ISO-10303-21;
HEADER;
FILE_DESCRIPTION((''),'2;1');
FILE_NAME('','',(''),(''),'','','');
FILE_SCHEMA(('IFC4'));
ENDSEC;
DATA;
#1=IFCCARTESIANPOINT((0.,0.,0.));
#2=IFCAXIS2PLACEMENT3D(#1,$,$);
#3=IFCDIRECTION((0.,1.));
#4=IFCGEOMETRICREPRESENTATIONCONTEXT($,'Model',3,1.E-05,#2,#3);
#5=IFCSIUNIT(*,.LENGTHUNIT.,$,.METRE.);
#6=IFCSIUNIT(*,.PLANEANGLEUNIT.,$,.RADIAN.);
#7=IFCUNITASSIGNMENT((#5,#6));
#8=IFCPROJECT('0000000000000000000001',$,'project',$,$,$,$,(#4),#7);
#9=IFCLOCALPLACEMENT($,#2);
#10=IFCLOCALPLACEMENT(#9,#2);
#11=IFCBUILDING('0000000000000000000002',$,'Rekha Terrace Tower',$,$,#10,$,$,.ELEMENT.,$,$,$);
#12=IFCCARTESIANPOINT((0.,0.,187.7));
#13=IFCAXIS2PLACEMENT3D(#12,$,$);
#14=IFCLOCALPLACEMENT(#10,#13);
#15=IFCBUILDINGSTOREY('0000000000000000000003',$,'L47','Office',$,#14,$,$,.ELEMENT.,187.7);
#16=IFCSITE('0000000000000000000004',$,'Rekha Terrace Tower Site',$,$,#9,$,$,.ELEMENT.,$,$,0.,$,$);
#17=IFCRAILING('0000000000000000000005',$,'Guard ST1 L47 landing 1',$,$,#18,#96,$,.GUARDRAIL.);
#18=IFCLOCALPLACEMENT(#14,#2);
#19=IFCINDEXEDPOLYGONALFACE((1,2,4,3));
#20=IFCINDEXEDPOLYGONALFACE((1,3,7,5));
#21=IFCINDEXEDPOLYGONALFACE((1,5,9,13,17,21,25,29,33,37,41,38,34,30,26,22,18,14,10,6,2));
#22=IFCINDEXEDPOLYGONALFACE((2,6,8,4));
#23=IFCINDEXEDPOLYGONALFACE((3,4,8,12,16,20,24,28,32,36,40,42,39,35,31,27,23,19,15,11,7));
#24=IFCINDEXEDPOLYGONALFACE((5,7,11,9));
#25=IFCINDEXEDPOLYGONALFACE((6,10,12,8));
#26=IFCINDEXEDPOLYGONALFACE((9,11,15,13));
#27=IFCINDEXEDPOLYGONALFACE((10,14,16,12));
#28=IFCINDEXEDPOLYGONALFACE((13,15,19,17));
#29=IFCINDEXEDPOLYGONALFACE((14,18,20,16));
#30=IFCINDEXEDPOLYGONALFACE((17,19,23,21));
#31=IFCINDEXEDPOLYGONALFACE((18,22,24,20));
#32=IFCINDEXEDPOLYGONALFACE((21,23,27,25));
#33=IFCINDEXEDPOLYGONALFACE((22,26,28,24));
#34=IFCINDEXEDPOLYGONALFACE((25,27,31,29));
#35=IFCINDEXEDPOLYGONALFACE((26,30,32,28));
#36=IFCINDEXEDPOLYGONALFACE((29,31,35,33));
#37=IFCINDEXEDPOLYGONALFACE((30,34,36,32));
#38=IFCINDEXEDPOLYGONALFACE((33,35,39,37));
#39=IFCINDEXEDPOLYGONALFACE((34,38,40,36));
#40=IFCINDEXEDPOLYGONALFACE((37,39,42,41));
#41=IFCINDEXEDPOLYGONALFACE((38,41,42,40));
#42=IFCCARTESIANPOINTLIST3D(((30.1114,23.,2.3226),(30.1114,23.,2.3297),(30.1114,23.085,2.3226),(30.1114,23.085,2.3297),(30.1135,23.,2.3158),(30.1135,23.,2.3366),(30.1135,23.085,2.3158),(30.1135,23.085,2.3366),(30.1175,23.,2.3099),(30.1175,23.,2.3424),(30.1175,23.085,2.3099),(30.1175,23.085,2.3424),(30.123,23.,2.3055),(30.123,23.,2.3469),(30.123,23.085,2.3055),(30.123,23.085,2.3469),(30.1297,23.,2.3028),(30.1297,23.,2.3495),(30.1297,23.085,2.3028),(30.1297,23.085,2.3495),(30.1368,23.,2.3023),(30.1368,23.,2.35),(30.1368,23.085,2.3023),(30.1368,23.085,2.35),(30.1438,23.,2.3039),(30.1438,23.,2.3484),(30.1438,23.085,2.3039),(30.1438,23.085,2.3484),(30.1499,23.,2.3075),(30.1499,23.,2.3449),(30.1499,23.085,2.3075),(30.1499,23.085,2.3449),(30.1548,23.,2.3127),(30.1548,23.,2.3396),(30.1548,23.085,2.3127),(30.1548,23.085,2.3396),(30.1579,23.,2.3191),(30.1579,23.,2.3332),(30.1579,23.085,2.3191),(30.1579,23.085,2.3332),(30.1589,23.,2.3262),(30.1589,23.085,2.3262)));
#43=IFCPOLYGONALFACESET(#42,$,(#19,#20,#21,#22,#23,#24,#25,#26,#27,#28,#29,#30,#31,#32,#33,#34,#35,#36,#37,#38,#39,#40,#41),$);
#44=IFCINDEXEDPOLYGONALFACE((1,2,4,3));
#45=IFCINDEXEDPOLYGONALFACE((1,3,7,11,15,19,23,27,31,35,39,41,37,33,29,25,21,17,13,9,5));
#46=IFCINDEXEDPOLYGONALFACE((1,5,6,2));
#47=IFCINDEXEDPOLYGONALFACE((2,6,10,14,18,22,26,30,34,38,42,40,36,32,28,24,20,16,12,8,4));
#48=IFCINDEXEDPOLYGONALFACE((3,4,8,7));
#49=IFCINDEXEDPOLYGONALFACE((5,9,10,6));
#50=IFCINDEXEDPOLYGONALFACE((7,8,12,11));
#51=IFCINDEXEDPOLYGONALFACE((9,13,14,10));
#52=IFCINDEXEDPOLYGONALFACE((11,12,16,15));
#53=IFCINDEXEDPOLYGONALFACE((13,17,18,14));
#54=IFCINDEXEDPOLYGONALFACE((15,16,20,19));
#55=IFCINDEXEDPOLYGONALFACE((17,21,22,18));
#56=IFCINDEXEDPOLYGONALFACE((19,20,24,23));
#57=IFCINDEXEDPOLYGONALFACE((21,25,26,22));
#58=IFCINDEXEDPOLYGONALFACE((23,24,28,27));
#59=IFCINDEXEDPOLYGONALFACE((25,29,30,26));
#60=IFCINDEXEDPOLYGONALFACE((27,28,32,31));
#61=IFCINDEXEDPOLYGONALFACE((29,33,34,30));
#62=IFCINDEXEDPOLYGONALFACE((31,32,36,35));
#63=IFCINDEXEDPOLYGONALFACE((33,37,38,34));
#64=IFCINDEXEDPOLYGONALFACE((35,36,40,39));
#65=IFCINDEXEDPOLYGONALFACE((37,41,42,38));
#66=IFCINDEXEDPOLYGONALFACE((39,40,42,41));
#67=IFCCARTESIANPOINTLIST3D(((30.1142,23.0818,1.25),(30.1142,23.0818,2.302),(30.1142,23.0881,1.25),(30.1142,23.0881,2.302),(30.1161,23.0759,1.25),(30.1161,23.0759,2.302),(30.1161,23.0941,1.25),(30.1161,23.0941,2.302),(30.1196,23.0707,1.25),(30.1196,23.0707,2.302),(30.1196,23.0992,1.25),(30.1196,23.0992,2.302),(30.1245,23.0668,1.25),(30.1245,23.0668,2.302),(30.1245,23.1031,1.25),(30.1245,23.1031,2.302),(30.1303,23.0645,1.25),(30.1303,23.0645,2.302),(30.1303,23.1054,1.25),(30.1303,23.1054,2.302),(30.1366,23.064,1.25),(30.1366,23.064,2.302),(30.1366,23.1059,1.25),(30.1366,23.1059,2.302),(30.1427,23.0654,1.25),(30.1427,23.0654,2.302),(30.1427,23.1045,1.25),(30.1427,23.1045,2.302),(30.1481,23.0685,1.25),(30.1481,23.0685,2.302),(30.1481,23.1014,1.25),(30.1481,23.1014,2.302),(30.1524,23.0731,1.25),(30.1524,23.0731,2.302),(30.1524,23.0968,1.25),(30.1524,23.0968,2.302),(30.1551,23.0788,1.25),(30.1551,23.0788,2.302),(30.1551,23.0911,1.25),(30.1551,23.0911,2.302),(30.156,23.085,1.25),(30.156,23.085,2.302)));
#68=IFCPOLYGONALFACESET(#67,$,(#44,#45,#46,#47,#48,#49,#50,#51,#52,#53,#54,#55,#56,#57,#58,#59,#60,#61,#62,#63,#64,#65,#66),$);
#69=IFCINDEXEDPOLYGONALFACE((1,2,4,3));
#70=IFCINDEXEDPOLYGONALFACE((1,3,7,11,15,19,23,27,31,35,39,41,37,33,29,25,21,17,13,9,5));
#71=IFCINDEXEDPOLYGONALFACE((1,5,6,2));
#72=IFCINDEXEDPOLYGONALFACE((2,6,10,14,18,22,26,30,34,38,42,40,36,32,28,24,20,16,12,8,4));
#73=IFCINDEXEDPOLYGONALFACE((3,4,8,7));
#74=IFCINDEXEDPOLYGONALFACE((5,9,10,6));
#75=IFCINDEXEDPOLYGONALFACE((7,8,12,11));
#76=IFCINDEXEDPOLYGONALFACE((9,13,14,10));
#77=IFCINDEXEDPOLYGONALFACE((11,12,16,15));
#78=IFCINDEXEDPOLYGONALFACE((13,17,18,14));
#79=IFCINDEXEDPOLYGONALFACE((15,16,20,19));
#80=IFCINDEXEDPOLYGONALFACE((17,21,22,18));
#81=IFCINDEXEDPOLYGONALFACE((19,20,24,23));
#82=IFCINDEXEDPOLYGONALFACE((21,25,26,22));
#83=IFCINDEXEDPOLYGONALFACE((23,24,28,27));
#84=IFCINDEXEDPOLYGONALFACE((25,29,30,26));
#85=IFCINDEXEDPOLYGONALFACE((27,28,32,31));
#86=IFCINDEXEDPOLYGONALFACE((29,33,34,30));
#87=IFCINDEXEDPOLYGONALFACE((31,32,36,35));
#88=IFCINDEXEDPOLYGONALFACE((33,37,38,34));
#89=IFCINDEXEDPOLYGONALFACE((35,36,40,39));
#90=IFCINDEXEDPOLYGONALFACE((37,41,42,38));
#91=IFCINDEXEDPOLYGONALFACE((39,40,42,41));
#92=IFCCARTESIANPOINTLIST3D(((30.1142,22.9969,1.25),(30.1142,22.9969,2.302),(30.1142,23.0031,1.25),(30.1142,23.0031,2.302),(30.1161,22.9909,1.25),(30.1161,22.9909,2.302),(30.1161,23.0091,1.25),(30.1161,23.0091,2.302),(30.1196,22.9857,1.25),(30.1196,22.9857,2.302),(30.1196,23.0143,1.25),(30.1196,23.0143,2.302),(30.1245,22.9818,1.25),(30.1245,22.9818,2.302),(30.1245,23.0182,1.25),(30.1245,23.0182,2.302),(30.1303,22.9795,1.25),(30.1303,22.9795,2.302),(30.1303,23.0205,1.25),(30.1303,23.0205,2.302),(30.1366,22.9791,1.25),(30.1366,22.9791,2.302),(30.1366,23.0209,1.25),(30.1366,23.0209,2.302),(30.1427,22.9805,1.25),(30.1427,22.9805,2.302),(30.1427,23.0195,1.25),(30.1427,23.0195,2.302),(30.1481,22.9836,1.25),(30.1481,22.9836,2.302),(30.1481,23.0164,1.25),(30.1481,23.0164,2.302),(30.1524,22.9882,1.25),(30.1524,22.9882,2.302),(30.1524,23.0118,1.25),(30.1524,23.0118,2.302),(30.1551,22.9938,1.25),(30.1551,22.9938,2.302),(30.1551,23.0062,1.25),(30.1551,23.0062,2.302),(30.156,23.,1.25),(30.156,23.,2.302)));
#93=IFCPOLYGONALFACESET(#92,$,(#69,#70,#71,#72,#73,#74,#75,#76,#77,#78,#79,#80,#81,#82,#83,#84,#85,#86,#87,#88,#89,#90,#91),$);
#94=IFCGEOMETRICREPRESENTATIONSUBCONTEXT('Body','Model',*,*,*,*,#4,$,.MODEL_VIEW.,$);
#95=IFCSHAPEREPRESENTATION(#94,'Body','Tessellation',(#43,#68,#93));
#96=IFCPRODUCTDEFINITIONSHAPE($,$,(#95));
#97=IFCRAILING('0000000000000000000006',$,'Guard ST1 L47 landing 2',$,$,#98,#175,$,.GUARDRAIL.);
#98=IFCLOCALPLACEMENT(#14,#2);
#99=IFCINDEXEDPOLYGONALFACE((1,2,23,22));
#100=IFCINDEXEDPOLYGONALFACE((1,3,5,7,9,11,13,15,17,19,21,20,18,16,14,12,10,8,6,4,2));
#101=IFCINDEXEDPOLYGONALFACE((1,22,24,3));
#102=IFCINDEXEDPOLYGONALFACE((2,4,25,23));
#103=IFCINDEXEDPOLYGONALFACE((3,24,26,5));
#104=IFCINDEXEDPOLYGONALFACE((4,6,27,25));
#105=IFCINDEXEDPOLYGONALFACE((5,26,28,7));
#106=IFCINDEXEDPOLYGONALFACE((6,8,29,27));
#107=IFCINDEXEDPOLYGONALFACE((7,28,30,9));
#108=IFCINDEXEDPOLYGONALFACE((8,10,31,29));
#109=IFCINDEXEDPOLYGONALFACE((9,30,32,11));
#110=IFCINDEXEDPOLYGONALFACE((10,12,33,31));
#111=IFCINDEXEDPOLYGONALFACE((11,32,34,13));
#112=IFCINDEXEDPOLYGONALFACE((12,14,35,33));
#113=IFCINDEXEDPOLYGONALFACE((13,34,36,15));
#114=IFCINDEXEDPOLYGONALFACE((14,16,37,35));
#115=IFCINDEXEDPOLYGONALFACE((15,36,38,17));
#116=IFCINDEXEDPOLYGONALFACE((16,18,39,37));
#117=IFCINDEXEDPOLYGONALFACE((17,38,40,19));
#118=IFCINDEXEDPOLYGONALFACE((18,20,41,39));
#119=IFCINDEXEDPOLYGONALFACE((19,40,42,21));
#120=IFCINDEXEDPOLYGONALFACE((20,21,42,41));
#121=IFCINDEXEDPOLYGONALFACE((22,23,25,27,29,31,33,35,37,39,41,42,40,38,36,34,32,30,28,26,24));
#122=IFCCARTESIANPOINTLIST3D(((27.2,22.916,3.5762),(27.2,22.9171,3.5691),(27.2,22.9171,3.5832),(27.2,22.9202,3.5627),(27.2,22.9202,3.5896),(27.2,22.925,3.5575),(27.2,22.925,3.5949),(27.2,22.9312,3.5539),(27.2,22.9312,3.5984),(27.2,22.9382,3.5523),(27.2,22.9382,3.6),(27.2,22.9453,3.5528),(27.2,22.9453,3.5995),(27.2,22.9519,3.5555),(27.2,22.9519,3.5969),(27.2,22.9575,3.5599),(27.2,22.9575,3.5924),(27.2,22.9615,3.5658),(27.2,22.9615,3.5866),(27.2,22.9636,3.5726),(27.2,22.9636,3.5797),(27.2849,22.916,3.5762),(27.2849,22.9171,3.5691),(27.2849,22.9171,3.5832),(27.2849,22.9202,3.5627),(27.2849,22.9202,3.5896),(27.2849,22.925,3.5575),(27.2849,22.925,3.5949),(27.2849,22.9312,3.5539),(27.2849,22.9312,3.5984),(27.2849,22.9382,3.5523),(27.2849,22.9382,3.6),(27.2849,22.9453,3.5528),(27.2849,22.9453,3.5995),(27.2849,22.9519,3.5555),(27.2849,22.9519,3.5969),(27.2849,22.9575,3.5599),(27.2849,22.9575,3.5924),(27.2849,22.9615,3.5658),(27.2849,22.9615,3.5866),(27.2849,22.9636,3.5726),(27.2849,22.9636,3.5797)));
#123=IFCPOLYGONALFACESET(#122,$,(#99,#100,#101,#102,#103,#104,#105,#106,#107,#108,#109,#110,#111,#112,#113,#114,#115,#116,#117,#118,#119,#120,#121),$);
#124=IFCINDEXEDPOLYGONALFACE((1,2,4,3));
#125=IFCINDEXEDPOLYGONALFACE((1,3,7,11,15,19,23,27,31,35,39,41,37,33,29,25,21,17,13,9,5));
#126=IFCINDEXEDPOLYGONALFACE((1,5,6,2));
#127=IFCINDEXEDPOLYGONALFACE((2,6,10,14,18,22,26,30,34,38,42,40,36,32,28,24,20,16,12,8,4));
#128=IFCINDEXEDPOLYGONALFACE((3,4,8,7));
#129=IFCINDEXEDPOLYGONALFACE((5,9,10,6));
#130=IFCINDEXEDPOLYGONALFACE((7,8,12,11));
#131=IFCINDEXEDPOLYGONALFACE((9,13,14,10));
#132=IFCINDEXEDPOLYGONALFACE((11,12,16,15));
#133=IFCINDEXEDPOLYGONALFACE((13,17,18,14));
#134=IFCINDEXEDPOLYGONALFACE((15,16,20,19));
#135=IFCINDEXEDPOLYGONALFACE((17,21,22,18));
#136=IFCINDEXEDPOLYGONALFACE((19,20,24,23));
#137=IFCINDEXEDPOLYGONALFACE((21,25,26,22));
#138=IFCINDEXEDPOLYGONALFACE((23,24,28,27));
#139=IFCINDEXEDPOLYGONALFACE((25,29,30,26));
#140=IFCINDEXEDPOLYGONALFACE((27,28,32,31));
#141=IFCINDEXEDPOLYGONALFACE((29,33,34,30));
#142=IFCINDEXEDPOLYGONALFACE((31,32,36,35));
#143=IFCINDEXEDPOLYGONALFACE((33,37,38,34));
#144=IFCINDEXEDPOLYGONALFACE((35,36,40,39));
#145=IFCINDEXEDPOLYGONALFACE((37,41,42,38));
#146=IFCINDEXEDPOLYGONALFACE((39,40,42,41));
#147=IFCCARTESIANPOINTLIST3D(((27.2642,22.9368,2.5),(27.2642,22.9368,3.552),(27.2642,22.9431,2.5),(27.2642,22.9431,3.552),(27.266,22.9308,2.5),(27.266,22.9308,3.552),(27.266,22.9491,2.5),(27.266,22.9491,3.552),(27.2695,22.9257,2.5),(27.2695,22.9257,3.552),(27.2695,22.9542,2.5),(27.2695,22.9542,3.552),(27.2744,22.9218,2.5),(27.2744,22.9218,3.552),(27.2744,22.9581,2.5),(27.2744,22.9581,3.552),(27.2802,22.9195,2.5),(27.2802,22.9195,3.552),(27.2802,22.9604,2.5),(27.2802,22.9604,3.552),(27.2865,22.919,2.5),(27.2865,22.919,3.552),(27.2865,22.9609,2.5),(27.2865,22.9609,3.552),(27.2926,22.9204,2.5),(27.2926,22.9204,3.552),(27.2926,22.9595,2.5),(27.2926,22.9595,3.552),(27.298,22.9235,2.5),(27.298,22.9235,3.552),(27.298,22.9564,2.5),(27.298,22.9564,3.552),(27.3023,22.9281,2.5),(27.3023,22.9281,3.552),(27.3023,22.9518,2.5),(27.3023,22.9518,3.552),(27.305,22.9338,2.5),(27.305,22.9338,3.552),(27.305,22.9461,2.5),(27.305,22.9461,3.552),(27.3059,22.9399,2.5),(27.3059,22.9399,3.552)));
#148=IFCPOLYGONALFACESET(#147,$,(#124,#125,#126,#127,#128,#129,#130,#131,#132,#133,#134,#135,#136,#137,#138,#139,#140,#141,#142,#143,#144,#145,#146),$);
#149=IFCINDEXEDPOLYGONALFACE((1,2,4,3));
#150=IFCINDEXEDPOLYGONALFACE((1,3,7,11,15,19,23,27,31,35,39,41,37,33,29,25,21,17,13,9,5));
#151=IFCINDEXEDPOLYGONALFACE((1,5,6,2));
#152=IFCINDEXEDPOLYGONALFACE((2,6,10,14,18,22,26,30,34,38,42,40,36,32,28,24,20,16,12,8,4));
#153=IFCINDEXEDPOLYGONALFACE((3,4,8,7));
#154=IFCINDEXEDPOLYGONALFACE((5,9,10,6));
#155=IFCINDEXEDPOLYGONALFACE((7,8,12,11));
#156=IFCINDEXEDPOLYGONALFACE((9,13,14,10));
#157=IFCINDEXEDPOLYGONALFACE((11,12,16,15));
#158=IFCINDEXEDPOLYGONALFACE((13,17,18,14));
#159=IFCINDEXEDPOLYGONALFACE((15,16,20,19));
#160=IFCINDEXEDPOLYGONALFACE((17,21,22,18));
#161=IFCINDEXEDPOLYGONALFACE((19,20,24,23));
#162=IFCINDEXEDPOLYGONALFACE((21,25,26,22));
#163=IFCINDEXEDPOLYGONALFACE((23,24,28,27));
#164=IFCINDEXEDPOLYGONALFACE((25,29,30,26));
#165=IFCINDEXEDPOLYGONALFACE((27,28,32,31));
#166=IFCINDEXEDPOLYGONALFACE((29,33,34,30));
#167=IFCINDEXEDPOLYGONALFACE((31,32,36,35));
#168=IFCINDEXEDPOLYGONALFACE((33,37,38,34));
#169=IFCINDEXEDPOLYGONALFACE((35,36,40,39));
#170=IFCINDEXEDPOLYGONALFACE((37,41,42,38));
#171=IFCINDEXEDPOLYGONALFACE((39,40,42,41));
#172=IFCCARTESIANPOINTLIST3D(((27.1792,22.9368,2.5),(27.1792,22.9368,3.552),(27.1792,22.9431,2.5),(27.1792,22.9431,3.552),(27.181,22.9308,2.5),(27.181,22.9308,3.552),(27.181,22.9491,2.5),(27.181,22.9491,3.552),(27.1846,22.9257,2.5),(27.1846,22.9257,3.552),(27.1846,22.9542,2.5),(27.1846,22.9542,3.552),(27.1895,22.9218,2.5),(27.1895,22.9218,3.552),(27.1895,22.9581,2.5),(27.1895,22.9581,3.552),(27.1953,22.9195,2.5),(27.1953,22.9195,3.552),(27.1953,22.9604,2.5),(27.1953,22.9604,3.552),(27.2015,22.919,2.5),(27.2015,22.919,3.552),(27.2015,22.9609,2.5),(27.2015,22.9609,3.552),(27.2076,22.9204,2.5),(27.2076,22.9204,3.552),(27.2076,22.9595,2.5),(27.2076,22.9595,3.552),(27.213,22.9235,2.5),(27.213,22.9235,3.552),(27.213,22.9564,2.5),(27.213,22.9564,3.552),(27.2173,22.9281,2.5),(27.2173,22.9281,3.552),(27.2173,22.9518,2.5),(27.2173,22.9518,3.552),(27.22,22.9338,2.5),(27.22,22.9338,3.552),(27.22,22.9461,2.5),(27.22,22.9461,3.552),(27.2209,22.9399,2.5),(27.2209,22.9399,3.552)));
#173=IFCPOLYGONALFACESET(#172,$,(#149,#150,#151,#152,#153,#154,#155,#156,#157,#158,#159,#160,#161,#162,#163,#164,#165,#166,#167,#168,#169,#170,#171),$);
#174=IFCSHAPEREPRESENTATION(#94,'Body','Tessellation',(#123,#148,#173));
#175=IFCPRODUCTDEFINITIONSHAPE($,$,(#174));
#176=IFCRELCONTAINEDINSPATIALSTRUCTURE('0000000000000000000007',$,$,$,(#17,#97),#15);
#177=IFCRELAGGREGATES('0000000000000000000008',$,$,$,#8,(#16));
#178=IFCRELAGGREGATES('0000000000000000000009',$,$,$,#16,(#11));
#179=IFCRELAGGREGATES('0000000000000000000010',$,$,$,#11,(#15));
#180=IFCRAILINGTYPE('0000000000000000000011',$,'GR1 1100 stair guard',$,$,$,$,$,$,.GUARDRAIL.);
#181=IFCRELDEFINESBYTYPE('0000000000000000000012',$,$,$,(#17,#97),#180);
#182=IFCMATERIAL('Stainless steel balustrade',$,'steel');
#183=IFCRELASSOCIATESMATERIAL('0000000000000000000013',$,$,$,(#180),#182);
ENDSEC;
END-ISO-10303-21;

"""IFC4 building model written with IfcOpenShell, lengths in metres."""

from ifc_helpers import new_model, si_unit, direction, frame, origin, origin_2d, place, context, subcontext, project, spatial, circle, extrude, material, type_object, element, save


model = new_model("IFC4")

# Units and contexts
model_context = context("Model", 3, precision=1e-05, world=origin(), true_north=direction((0.0, 1.0)))
body_context = subcontext(model_context, "Body", "Model", "MODEL_VIEW")
ifc_project = project(units=[si_unit("LENGTHUNIT", "METRE"), si_unit("PLANEANGLEUNIT", "RADIAN")], contexts=[model_context])

# Site, building, storey
site_placement = place(None, origin())
site = spatial("IfcSite", under=ifc_project, at=site_placement, Name="Rekha Terrace Tower Site", CompositionType="ELEMENT", RefElevation=0.0)
building_placement = place(site_placement, origin())
building = spatial("IfcBuilding", under=site, at=building_placement, Name="Rekha Terrace Tower", CompositionType="ELEMENT")
storey_placement = place(building_placement, frame((0.0, 0.0, 187.7)))
storey = spatial("IfcBuildingStorey", under=building, at=storey_placement, Name="L47", Description="Office", CompositionType="ELEMENT", Elevation=187.7)

# Railings
ifc_material_1 = material(Name="Stainless steel balustrade", Category="steel")
railing_type_1 = type_object("IfcRailingType", Name="GR1 1100 stair guard", PredefinedType="GUARDRAIL", material=ifc_material_1)
railing_1_placement = place(storey_placement, frame((30.135, 23.085, 1.25)))
element("IfcRailing", 1, at=railing_1_placement, inside=storey, type_object=railing_type_1, Name="Guard ST1 L47 landing 1", PredefinedType="GUARDRAIL", context=body_context, shape_type="SweptSolid", body=[
    extrude(circle(Radius=0.0239, at=origin_2d()), frame((0.0, 0.0, 1.0762), z_axis=(0.0, -1.0, 0.0), x_axis=(1.0, 0.0, 0.0)), (0.0, 0.0, 1.0), 0.085),
    extrude(circle(Radius=0.021, at=origin_2d()), origin(), (0.0, 0.0, 1.0), 1.052),
    extrude(circle(Radius=0.021, at=origin_2d()), frame((0.0, -0.085, 0.0)), (0.0, 0.0, 1.0), 1.052),
])
railing_2_placement = place(storey_placement, frame((27.2849, 22.9399, 2.5)))
element("IfcRailing", 2, at=railing_2_placement, inside=storey, type_object=railing_type_1, Name="Guard ST1 L47 landing 2", PredefinedType="GUARDRAIL", context=body_context, shape_type="SweptSolid", body=[
    extrude(circle(Radius=0.0239, at=origin_2d()), frame((0.0, 0.0, 1.0762), z_axis=(-1.0, 0.0, 0.0), x_axis=(0.0, -1.0, 0.0)), (0.0, 0.0, 1.0), 0.085),
    extrude(circle(Radius=0.021, at=origin_2d()), origin(), (0.0, 0.0, 1.0), 1.052),
    extrude(circle(Radius=0.021, at=origin_2d()), frame((-0.085, 0.0, 0.0)), (0.0, 0.0, 1.0), 1.052),
])

save(model, "model.ifc")
